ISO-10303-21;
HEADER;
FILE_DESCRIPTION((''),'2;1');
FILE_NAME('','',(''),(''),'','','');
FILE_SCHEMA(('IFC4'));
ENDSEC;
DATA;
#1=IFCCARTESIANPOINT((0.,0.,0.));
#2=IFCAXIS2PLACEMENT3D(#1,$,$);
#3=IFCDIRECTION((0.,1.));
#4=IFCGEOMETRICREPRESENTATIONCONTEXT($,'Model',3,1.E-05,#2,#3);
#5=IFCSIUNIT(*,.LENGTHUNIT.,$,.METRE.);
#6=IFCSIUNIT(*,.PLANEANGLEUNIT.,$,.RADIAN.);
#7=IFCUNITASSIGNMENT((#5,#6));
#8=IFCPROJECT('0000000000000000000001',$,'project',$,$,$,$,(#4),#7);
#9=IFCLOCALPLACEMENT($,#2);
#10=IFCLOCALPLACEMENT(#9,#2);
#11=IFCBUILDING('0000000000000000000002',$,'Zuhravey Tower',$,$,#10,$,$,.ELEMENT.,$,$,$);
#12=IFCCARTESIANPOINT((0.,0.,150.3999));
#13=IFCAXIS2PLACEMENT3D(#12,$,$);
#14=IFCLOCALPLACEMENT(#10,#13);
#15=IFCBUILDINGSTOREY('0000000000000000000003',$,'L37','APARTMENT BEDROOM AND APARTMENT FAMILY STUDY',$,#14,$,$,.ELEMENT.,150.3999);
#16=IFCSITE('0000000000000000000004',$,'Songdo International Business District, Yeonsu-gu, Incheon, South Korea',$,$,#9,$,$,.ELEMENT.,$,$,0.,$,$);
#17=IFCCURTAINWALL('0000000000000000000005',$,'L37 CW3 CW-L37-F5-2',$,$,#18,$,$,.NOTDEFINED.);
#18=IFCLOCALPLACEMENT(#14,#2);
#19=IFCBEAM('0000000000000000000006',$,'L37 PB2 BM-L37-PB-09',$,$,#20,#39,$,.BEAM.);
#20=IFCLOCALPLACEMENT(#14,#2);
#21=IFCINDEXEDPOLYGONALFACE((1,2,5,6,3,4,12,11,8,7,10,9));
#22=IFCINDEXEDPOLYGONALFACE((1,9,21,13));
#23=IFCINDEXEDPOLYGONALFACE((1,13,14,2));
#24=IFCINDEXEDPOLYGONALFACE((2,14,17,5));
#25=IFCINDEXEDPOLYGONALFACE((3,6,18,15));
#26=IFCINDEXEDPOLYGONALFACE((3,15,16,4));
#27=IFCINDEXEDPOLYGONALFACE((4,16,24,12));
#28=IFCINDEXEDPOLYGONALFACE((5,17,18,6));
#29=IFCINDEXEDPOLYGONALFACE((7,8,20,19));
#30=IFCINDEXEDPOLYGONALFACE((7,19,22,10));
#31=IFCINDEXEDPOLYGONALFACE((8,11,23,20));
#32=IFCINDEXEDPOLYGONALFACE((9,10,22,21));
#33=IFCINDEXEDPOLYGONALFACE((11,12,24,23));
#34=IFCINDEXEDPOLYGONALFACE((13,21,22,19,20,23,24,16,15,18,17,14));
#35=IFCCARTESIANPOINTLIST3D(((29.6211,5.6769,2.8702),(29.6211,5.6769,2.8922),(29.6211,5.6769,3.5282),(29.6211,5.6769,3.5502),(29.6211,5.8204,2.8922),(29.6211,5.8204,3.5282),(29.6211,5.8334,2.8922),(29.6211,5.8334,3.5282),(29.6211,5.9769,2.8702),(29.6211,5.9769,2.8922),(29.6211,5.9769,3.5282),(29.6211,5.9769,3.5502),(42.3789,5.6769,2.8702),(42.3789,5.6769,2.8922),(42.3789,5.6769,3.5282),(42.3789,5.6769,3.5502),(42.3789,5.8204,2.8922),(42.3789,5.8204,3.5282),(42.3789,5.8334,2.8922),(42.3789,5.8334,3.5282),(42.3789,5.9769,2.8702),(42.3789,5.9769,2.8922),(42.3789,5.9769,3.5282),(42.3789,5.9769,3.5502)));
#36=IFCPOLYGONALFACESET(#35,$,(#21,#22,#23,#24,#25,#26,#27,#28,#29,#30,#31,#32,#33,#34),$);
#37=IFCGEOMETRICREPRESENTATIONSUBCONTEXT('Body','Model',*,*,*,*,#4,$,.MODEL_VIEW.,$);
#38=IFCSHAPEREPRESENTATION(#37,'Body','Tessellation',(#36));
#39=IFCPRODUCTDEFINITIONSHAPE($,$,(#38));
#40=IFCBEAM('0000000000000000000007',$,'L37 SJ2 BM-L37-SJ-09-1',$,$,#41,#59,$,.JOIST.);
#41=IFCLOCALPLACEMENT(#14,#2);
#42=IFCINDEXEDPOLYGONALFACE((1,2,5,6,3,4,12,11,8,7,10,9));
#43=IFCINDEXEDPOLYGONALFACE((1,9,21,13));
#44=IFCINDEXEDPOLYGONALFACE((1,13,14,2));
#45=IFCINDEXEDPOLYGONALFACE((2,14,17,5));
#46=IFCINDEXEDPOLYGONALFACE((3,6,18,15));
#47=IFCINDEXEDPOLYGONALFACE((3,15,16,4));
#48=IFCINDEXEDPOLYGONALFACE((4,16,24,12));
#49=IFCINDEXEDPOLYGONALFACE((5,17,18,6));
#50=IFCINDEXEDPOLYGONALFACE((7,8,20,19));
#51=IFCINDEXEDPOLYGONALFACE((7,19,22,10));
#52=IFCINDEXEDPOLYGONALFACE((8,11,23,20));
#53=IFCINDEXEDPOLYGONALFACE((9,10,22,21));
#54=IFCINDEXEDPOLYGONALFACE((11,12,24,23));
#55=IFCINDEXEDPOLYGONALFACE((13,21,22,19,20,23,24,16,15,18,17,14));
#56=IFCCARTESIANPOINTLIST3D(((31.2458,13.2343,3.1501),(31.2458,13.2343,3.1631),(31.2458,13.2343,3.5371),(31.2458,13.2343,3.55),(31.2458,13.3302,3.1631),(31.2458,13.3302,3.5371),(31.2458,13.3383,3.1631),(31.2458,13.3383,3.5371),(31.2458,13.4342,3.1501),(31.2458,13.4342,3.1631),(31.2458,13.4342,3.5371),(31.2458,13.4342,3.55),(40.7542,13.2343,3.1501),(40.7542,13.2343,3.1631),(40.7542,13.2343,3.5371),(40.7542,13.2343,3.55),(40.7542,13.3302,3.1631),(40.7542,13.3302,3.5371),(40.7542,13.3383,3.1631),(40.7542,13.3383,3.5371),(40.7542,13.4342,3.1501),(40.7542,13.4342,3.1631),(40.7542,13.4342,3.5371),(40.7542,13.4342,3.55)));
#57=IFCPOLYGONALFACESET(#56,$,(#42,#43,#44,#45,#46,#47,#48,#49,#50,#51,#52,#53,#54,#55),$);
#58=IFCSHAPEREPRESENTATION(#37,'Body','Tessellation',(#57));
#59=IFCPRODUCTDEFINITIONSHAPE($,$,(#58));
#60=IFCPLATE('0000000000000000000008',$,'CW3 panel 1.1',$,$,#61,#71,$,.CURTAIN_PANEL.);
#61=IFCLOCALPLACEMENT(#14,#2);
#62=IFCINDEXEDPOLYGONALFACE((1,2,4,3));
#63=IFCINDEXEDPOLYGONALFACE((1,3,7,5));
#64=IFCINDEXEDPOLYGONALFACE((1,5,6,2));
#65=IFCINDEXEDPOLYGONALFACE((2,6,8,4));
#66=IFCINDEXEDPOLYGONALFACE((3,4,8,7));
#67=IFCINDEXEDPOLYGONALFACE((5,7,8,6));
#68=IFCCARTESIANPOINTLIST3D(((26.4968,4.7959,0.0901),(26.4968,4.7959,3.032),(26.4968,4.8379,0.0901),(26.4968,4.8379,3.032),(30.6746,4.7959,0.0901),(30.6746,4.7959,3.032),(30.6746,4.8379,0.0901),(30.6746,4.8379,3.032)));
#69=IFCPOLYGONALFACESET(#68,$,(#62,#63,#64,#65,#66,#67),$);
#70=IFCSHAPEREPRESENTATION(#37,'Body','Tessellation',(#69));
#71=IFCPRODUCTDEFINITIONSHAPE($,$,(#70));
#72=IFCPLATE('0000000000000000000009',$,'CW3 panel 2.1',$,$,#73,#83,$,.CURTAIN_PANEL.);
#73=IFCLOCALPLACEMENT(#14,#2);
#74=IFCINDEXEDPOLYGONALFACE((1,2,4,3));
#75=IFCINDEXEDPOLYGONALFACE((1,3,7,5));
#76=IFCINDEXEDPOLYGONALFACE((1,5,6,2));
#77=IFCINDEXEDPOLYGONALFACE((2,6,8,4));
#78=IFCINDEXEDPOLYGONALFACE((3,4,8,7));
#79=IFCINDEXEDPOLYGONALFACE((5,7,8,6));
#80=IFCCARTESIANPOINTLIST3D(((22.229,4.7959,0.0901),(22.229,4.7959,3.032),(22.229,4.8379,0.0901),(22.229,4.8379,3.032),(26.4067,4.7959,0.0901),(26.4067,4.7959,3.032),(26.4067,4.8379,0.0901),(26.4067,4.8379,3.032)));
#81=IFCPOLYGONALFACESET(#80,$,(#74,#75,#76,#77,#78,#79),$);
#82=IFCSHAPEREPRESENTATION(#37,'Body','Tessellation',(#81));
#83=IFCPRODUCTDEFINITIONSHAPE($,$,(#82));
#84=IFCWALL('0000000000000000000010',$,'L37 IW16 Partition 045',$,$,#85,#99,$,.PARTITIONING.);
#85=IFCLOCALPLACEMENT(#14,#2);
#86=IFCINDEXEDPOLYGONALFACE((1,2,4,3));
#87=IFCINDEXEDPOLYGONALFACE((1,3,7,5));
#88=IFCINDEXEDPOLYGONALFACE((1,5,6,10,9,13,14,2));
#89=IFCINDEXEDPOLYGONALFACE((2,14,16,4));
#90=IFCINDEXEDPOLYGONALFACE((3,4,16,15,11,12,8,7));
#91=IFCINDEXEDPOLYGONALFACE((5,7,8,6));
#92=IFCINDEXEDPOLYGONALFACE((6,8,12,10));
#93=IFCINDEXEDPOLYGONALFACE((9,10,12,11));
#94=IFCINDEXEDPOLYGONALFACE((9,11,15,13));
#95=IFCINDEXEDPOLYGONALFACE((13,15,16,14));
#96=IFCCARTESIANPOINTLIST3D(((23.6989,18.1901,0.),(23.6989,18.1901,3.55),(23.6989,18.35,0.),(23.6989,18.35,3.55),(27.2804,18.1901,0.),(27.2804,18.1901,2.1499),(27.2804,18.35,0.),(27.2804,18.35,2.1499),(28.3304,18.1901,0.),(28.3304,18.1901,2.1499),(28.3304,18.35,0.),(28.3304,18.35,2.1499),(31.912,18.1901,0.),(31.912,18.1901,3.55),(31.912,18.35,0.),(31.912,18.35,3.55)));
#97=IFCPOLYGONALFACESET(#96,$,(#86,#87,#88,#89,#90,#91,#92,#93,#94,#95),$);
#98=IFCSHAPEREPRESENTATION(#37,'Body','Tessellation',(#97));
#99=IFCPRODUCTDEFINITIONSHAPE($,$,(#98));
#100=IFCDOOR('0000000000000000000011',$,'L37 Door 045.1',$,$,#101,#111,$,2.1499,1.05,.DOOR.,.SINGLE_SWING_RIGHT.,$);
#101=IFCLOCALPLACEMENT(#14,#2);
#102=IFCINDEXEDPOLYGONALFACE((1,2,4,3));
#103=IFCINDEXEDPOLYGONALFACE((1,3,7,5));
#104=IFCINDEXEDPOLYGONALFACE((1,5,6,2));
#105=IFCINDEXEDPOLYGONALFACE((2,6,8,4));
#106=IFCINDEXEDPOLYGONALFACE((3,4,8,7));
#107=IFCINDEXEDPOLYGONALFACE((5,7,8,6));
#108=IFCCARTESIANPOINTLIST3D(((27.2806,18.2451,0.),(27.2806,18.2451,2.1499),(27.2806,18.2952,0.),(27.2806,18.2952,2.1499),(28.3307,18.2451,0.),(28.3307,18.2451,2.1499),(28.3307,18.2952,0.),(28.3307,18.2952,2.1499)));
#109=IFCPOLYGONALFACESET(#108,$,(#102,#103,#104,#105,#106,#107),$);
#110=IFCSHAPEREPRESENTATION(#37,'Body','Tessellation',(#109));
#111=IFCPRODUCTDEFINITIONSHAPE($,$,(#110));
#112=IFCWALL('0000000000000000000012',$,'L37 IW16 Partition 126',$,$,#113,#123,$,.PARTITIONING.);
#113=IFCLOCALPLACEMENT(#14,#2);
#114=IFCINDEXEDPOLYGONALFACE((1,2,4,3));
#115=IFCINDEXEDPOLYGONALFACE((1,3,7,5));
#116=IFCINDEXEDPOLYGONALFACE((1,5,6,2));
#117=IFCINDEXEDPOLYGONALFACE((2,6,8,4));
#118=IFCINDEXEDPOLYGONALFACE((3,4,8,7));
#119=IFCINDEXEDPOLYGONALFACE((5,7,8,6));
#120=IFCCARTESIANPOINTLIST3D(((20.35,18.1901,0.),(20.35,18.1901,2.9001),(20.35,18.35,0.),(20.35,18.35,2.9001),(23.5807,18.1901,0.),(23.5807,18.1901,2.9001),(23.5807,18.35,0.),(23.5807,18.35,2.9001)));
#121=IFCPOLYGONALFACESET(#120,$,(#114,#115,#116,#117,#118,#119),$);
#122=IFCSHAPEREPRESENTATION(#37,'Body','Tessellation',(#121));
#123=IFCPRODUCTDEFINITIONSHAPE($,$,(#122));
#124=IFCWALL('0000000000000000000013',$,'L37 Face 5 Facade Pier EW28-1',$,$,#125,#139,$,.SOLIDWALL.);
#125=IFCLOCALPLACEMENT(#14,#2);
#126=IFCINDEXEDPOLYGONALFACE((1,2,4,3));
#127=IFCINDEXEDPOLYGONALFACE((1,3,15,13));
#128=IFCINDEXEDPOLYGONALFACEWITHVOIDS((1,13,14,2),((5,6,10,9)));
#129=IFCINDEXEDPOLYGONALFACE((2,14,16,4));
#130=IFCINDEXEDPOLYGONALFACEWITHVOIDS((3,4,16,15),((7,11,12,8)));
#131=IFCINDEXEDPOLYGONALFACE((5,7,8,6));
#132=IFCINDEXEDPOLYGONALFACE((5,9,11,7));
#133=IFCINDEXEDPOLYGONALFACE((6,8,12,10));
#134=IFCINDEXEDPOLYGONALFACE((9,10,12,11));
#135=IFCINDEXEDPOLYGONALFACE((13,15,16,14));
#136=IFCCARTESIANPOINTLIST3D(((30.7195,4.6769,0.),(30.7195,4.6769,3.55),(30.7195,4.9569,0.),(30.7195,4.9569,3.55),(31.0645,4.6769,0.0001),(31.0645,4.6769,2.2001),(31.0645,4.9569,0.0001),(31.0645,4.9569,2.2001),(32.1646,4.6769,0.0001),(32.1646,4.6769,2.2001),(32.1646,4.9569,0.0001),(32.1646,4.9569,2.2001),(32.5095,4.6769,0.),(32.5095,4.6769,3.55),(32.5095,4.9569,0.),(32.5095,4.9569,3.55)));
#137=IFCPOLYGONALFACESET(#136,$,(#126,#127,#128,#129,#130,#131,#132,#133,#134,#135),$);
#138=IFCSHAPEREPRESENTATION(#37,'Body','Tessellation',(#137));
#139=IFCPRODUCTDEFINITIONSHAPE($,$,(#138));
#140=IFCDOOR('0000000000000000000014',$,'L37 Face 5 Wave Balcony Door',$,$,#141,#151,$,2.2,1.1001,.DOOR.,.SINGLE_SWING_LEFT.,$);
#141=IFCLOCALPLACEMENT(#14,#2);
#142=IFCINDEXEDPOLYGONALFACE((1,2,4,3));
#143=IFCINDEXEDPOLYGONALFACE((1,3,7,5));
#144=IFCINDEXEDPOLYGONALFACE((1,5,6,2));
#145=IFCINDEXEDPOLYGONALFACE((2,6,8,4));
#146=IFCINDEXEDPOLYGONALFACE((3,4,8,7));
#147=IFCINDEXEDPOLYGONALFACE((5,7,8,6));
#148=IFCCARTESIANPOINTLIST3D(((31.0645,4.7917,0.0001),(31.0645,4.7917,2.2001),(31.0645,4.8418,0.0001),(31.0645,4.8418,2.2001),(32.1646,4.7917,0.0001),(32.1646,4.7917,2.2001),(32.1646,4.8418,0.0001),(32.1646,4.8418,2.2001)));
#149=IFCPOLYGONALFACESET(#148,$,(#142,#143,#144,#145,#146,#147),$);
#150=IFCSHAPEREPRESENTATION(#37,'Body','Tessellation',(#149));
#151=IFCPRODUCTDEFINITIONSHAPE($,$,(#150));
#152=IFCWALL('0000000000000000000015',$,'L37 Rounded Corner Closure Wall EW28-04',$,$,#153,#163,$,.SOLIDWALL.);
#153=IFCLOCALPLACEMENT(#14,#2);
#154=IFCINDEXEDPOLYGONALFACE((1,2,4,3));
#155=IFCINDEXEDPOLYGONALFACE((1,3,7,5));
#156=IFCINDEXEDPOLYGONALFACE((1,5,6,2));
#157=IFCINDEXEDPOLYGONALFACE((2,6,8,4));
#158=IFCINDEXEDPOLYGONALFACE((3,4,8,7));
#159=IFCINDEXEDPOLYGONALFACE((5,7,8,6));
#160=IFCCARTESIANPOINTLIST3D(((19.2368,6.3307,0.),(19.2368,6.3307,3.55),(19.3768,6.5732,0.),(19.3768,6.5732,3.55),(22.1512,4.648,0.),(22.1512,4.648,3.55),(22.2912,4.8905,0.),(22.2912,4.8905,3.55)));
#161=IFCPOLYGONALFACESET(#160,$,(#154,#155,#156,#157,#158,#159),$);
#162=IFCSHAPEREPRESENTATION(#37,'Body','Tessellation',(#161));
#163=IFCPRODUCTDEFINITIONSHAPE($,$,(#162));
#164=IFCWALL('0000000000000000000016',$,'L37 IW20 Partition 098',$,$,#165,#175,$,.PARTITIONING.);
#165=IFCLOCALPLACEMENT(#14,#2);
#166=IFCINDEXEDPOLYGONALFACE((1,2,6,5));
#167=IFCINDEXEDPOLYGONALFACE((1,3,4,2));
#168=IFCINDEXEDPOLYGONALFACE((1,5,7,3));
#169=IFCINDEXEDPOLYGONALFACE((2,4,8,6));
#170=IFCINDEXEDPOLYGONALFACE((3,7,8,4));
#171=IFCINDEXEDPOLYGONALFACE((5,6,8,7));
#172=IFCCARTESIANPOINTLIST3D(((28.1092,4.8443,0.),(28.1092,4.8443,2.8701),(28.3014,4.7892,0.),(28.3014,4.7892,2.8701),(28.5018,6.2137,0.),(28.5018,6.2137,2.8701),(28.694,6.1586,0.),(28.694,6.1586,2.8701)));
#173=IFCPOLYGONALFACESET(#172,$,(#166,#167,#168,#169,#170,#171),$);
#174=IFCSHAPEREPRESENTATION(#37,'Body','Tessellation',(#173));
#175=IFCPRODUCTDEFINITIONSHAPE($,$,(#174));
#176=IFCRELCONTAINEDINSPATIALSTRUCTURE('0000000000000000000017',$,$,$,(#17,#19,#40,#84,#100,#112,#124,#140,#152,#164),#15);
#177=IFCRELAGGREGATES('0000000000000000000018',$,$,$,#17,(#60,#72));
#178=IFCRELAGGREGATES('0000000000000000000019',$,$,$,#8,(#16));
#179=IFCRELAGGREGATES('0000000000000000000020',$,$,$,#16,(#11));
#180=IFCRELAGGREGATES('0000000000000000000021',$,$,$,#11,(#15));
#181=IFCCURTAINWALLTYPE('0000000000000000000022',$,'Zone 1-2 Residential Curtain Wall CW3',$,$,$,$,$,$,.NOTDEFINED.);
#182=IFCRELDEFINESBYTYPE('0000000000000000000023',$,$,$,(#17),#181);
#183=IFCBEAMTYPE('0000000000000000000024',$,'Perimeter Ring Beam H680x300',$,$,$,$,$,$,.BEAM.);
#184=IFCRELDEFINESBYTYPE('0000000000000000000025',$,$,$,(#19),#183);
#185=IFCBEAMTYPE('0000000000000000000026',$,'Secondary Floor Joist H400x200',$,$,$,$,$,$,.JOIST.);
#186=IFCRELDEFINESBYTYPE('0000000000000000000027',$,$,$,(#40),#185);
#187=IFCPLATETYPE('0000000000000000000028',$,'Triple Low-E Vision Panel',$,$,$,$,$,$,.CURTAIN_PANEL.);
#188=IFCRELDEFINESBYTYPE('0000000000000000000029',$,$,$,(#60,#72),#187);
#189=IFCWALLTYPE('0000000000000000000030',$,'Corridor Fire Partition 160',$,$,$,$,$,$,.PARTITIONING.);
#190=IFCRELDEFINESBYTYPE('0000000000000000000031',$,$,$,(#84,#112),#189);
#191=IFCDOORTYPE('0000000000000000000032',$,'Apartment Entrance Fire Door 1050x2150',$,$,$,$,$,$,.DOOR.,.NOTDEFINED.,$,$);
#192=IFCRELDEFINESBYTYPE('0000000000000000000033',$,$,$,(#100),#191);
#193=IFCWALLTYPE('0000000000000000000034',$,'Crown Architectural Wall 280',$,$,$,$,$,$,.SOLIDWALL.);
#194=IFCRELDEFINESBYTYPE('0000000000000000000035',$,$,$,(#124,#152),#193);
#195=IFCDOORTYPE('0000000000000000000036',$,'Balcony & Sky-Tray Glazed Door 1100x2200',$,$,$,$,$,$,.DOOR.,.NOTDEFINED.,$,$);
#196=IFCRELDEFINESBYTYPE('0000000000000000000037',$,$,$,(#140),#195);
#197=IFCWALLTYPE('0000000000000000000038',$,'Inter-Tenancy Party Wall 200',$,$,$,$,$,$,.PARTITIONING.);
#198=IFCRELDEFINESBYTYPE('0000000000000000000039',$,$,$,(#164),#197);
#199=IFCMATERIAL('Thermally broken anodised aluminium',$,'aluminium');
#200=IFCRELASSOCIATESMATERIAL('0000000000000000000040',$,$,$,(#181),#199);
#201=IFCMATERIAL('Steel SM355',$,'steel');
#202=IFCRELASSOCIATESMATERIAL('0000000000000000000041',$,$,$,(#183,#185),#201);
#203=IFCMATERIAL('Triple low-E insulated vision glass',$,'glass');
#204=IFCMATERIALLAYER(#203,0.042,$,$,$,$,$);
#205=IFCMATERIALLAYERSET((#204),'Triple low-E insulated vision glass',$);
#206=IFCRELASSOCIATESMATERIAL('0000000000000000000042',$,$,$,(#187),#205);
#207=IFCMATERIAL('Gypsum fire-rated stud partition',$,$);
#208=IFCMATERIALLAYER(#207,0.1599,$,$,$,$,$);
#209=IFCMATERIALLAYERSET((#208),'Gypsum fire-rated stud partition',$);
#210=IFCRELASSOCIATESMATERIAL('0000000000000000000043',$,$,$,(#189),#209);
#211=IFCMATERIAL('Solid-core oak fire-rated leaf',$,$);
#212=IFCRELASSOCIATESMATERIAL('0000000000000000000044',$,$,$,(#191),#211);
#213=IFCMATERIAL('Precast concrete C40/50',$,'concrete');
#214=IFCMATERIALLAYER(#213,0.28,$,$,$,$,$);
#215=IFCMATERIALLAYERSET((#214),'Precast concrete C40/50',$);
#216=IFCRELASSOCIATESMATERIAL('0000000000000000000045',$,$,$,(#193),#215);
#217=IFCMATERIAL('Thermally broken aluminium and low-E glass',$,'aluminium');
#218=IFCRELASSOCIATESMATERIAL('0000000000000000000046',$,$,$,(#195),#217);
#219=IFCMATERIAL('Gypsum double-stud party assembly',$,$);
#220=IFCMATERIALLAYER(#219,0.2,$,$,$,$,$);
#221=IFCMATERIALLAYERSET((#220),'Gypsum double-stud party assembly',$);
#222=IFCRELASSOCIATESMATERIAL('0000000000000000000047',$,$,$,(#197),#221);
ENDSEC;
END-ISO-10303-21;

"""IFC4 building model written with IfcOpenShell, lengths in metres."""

from ifc_helpers import new_model, si_unit, direction, frame, frame_2d, origin, origin_2d, place, context, subcontext, project, spatial, rectangle, i_section, extrude, material, layer, layer_set, material_profile, profile_set, type_object, element, fill, aggregate, save


model = new_model("IFC4")

# Units and contexts
model_context = context("Model", 3, precision=1e-05, world=origin(), true_north=direction((0.0, 1.0)))
body_context = subcontext(model_context, "Body", "Model", "MODEL_VIEW")
ifc_project = project(units=[si_unit("LENGTHUNIT", "METRE"), si_unit("PLANEANGLEUNIT", "RADIAN")], contexts=[model_context])

# Site, building, storey
site_placement = place(None, origin())
site = spatial("IfcSite", under=ifc_project, at=site_placement, Name="Songdo International Business District, Yeonsu-gu, Incheon, South Korea", CompositionType="ELEMENT", RefElevation=0.0)
building_placement = place(site_placement, origin())
building = spatial("IfcBuilding", under=site, at=building_placement, Name="Zuhravey Tower", CompositionType="ELEMENT")
storey_placement = place(building_placement, frame((0.0, 0.0, 150.3999)))
storey = spatial("IfcBuildingStorey", under=building, at=storey_placement, Name="L37", Description="APARTMENT BEDROOM AND APARTMENT FAMILY STUDY", CompositionType="ELEMENT", Elevation=150.3999)

# Shared definitions
ifc_material_1 = material(Name="Thermally broken anodised aluminium", Category="aluminium")
curtain_wall_type = type_object("IfcCurtainWallType", Name="Zone 1-2 Residential Curtain Wall CW3", PredefinedType="NOTDEFINED", material=ifc_material_1)

# Curtain wall
curtain_wall_1_placement = place(storey_placement, origin())
curtain_wall_1 = element("IfcCurtainWall", 1, at=curtain_wall_1_placement, inside=storey, type_object=curtain_wall_type, Name="L37 CW3 CW-L37-F5-2", PredefinedType="NOTDEFINED")

# Beams
ifc_material_2 = material(Name="Steel SM355", Category="steel")
ifc_material_profile_1 = material_profile(ifc_material_2, i_section(OverallWidth=0.3, OverallDepth=0.6799, WebThickness=0.0129, FlangeThickness=0.022, at=origin_2d()), Name="H-680x300x13x22")
ifc_profile_set_1 = profile_set([ifc_material_profile_1], Name="Steel SM355")
beam_type_1 = type_object("IfcBeamType", Name="Perimeter Ring Beam H680x300", PredefinedType="BEAM", material=ifc_profile_set_1)
beam_1_placement = place(storey_placement, frame((29.6211, 5.8269, 3.2102), z_axis=(1.0, 0.0, 0.0), x_axis=(0.0, 1.0, 0.0)))
element("IfcBeam", 2, at=beam_1_placement, inside=storey, type_object=beam_type_1, Name="L37 PB2 BM-L37-PB-09", PredefinedType="BEAM", context=body_context, shape_type="SweptSolid", body=[
    extrude(i_section(OverallWidth=0.3, OverallDepth=0.6799, WebThickness=0.0129, FlangeThickness=0.022, at=origin_2d()), origin(), (0.0, 0.0, 1.0), 12.7578),
])
ifc_material_profile_2 = material_profile(ifc_material_2, i_section(OverallWidth=0.2, OverallDepth=0.3999, WebThickness=0.0081, FlangeThickness=0.0129, at=origin_2d()), Name="H-400x200x8x13")
ifc_profile_set_2 = profile_set([ifc_material_profile_2], Name="Steel SM355")
beam_type_2 = type_object("IfcBeamType", Name="Secondary Floor Joist H400x200", PredefinedType="JOIST", material=ifc_profile_set_2)
beam_2_placement = place(storey_placement, frame((31.2458, 13.3342, 3.3501), z_axis=(1.0, 0.0, 0.0), x_axis=(0.0, 1.0, 0.0)))
element("IfcBeam", 3, at=beam_2_placement, inside=storey, type_object=beam_type_2, Name="L37 SJ2 BM-L37-SJ-09-1", PredefinedType="JOIST", context=body_context, shape_type="SweptSolid", body=[
    extrude(i_section(OverallWidth=0.2, OverallDepth=0.3999, WebThickness=0.0081, FlangeThickness=0.0129, at=origin_2d()), origin(), (0.0, 0.0, 1.0), 9.5083),
])

# Plates
ifc_material_3 = material(Name="Triple low-E insulated vision glass", Category="glass")
ifc_layer_1 = layer(ifc_material_3, 0.042)
ifc_layer_set_1 = layer_set([ifc_layer_1], Name="Triple low-E insulated vision glass")
plate_type = type_object("IfcPlateType", Name="Triple Low-E Vision Panel", PredefinedType="CURTAIN_PANEL", material=ifc_layer_set_1)
plate_1_placement = place(storey_placement, frame((28.5857, 4.8169, 0.0901), z_axis=(0.0, 0.0, 1.0), x_axis=(-1.0, 0.0, 0.0)))
plate_1 = element("IfcPlate", 4, at=plate_1_placement, type_object=plate_type, Name="CW3 panel 1.1", PredefinedType="CURTAIN_PANEL", context=body_context, shape_type="SweptSolid", body=[
    extrude(rectangle(XDim=4.1777, YDim=0.042, at=origin_2d()), origin(), (0.0, 0.0, 1.0), 2.9419),
])
plate_2_placement = place(storey_placement, frame((24.3179, 4.8169, 0.0901), z_axis=(0.0, 0.0, 1.0), x_axis=(-1.0, 0.0, 0.0)))
plate_2 = element("IfcPlate", 5, at=plate_2_placement, type_object=plate_type, Name="CW3 panel 2.1", PredefinedType="CURTAIN_PANEL", context=body_context, shape_type="SweptSolid", body=[
    extrude(rectangle(XDim=4.1777, YDim=0.042, at=origin_2d()), origin(), (0.0, 0.0, 1.0), 2.9419),
])
aggregate(curtain_wall_1, [plate_1, plate_2])

# Wall, opening, door
ifc_material_4 = material(Name="Gypsum fire-rated stud partition")
ifc_layer_2 = layer(ifc_material_4, 0.1599)
ifc_layer_set_2 = layer_set([ifc_layer_2], Name="Gypsum fire-rated stud partition")
wall_type_1 = type_object("IfcWallType", Name="Corridor Fire Partition 160", PredefinedType="PARTITIONING", material=ifc_layer_set_2)
wall_1_placement = place(storey_placement, frame((23.699, 18.27, 0.0), z_axis=(0.0, 0.0, 1.0), x_axis=(1.0, 0.0, 0.0)))
wall_1 = element("IfcWall", 6, at=wall_1_placement, inside=storey, type_object=wall_type_1, Name="L37 IW16 Partition 045", PredefinedType="PARTITIONING", context=body_context, shape_type="SweptSolid", body=[
    extrude(rectangle(XDim=8.2131, YDim=0.1599, at=frame_2d((4.1064, 0.0))), origin(), (0.0, 0.0, 1.0), 3.55),
])
opening_1_placement = place(wall_1_placement, frame((3.5815, 0.0, 0.0)))
opening_1 = element("IfcOpeningElement", 7, at=opening_1_placement, cuts=wall_1, PredefinedType="OPENING", context=body_context, shape_type="SweptSolid", body=[
    extrude(rectangle(XDim=1.05, YDim=2.1499, at=frame_2d((0.5249, 1.075))), frame((0.0, 0.092, 0.0), z_axis=(0.0, -1.0, 0.0), x_axis=(1.0, 0.0, 0.0)), (0.0, 0.0, 1.0), 0.1838),
])
ifc_material_5 = material(Name="Solid-core oak fire-rated leaf")
door_type_1 = type_object("IfcDoorType", Name="Apartment Entrance Fire Door 1050x2150", OperationType="NOTDEFINED", PredefinedType="DOOR", material=ifc_material_5)
door_1_placement = place(opening_1_placement, frame((1.05, 0.0, 0.0), z_axis=(0.0, 0.0, 1.0), x_axis=(-1.0, 0.0, 0.0)))
door_1 = element("IfcDoor", 8, at=door_1_placement, inside=storey, type_object=door_type_1, Name="L37 Door 045.1", OperationType="SINGLE_SWING_RIGHT", OverallHeight=2.1499, OverallWidth=1.05, PredefinedType="DOOR", context=body_context, shape_type="SweptSolid", body=[
    extrude(rectangle(XDim=1.05, YDim=2.1499, at=frame_2d((0.5249, 1.075))), frame((0.0, 0.0249, 0.0), z_axis=(0.0, -1.0, 0.0), x_axis=(1.0, 0.0, 0.0)), (0.0, 0.0, 1.0), 0.05),
])
fill(opening_1, door_1)

# Wall
wall_2_placement = place(storey_placement, frame((20.3501, 18.27, 0.0), z_axis=(0.0, 0.0, 1.0), x_axis=(1.0, 0.0, 0.0)))
element("IfcWall", 9, at=wall_2_placement, inside=storey, type_object=wall_type_1, Name="L37 IW16 Partition 126", PredefinedType="PARTITIONING", context=body_context, shape_type="SweptSolid", body=[
    extrude(rectangle(XDim=3.2307, YDim=0.1599, at=frame_2d((1.6152, 0.0))), origin(), (0.0, 0.0, 1.0), 2.9001),
])

# Wall, opening, door
ifc_material_6 = material(Name="Precast concrete C40/50", Category="concrete")
ifc_layer_3 = layer(ifc_material_6, 0.28)
ifc_layer_set_3 = layer_set([ifc_layer_3], Name="Precast concrete C40/50")
wall_type_2 = type_object("IfcWallType", Name="Crown Architectural Wall 280", PredefinedType="SOLIDWALL", material=ifc_layer_set_3)
wall_3_placement = place(storey_placement, frame((32.5095, 4.8169, 0.0), z_axis=(0.0, 0.0, 1.0), x_axis=(-1.0, 0.0, 0.0)))
wall_3 = element("IfcWall", 10, at=wall_3_placement, inside=storey, type_object=wall_type_2, Name="L37 Face 5 Facade Pier EW28-1", PredefinedType="SOLIDWALL", context=body_context, shape_type="SweptSolid", body=[
    extrude(rectangle(XDim=1.79, YDim=0.28, at=frame_2d((0.895, 0.0))), origin(), (0.0, 0.0, 1.0), 3.55),
])
opening_2_placement = place(wall_3_placement, frame((0.345, 0.0, 0.0)))
opening_2 = element("IfcOpeningElement", 11, at=opening_2_placement, cuts=wall_3, PredefinedType="OPENING", context=body_context, shape_type="SweptSolid", body=[
    extrude(rectangle(XDim=1.1001, YDim=2.2, at=frame_2d((0.55, 1.1001))), frame((0.0, 0.1521, 0.0), z_axis=(0.0, -1.0, 0.0), x_axis=(1.0, 0.0, 0.0)), (0.0, 0.0, 1.0), 0.304),
])
ifc_material_7 = material(Name="Thermally broken aluminium and low-E glass", Category="aluminium")
door_type_2 = type_object("IfcDoorType", Name="Balcony & Sky-Tray Glazed Door 1100x2200", OperationType="NOTDEFINED", PredefinedType="DOOR", material=ifc_material_7)
door_2_placement = place(opening_2_placement, frame((1.1001, 0.0, 0.0), z_axis=(0.0, 0.0, 1.0), x_axis=(-1.0, 0.0, 0.0)))
door_2 = element("IfcDoor", 12, at=door_2_placement, inside=storey, type_object=door_type_2, Name="L37 Face 5 Wave Balcony Door", OperationType="SINGLE_SWING_LEFT", OverallHeight=2.2, OverallWidth=1.1001, PredefinedType="DOOR", context=body_context, shape_type="SweptSolid", body=[
    extrude(rectangle(XDim=1.1001, YDim=2.2, at=frame_2d((0.55, 1.1001))), frame((0.0, 0.0249, 0.0), z_axis=(0.0, -1.0, 0.0), x_axis=(1.0, 0.0, 0.0)), (0.0, 0.0, 1.0), 0.05),
])
fill(opening_2, door_2)

# Walls
wall_4_placement = place(storey_placement, frame((22.2212, 4.7693, 0.0), z_axis=(0.0, 0.0, 1.0), x_axis=(-0.86602, 0.500009, 0.0)))
element("IfcWall", 13, at=wall_4_placement, inside=storey, type_object=wall_type_2, Name="L37 Rounded Corner Closure Wall EW28-04", PredefinedType="SOLIDWALL", context=body_context, shape_type="SweptSolid", body=[
    extrude(rectangle(XDim=3.3652, YDim=0.28, at=frame_2d((1.6826, 0.0))), origin(), (0.0, 0.0, 1.0), 3.55),
])
ifc_material_8 = material(Name="Gypsum double-stud party assembly")
ifc_layer_4 = layer(ifc_material_8, 0.2)
ifc_layer_set_4 = layer_set([ifc_layer_4], Name="Gypsum double-stud party assembly")
wall_type_3 = type_object("IfcWallType", Name="Inter-Tenancy Party Wall 200", PredefinedType="PARTITIONING", material=ifc_layer_set_4)
wall_5_placement = place(storey_placement, frame((28.5979, 6.1863, 0.0), z_axis=(0.0, 0.0, 1.0), x_axis=(-0.275581, -0.961278, 0.0)))
element("IfcWall", 14, at=wall_5_placement, inside=storey, type_object=wall_type_3, Name="L37 IW20 Partition 098", PredefinedType="PARTITIONING", context=body_context, shape_type="SweptSolid", body=[
    extrude(rectangle(XDim=1.4246, YDim=0.2, at=frame_2d((0.7124, 0.0))), origin(), (0.0, 0.0, 1.0), 2.8701),
])

save(model, "model.ifc")
